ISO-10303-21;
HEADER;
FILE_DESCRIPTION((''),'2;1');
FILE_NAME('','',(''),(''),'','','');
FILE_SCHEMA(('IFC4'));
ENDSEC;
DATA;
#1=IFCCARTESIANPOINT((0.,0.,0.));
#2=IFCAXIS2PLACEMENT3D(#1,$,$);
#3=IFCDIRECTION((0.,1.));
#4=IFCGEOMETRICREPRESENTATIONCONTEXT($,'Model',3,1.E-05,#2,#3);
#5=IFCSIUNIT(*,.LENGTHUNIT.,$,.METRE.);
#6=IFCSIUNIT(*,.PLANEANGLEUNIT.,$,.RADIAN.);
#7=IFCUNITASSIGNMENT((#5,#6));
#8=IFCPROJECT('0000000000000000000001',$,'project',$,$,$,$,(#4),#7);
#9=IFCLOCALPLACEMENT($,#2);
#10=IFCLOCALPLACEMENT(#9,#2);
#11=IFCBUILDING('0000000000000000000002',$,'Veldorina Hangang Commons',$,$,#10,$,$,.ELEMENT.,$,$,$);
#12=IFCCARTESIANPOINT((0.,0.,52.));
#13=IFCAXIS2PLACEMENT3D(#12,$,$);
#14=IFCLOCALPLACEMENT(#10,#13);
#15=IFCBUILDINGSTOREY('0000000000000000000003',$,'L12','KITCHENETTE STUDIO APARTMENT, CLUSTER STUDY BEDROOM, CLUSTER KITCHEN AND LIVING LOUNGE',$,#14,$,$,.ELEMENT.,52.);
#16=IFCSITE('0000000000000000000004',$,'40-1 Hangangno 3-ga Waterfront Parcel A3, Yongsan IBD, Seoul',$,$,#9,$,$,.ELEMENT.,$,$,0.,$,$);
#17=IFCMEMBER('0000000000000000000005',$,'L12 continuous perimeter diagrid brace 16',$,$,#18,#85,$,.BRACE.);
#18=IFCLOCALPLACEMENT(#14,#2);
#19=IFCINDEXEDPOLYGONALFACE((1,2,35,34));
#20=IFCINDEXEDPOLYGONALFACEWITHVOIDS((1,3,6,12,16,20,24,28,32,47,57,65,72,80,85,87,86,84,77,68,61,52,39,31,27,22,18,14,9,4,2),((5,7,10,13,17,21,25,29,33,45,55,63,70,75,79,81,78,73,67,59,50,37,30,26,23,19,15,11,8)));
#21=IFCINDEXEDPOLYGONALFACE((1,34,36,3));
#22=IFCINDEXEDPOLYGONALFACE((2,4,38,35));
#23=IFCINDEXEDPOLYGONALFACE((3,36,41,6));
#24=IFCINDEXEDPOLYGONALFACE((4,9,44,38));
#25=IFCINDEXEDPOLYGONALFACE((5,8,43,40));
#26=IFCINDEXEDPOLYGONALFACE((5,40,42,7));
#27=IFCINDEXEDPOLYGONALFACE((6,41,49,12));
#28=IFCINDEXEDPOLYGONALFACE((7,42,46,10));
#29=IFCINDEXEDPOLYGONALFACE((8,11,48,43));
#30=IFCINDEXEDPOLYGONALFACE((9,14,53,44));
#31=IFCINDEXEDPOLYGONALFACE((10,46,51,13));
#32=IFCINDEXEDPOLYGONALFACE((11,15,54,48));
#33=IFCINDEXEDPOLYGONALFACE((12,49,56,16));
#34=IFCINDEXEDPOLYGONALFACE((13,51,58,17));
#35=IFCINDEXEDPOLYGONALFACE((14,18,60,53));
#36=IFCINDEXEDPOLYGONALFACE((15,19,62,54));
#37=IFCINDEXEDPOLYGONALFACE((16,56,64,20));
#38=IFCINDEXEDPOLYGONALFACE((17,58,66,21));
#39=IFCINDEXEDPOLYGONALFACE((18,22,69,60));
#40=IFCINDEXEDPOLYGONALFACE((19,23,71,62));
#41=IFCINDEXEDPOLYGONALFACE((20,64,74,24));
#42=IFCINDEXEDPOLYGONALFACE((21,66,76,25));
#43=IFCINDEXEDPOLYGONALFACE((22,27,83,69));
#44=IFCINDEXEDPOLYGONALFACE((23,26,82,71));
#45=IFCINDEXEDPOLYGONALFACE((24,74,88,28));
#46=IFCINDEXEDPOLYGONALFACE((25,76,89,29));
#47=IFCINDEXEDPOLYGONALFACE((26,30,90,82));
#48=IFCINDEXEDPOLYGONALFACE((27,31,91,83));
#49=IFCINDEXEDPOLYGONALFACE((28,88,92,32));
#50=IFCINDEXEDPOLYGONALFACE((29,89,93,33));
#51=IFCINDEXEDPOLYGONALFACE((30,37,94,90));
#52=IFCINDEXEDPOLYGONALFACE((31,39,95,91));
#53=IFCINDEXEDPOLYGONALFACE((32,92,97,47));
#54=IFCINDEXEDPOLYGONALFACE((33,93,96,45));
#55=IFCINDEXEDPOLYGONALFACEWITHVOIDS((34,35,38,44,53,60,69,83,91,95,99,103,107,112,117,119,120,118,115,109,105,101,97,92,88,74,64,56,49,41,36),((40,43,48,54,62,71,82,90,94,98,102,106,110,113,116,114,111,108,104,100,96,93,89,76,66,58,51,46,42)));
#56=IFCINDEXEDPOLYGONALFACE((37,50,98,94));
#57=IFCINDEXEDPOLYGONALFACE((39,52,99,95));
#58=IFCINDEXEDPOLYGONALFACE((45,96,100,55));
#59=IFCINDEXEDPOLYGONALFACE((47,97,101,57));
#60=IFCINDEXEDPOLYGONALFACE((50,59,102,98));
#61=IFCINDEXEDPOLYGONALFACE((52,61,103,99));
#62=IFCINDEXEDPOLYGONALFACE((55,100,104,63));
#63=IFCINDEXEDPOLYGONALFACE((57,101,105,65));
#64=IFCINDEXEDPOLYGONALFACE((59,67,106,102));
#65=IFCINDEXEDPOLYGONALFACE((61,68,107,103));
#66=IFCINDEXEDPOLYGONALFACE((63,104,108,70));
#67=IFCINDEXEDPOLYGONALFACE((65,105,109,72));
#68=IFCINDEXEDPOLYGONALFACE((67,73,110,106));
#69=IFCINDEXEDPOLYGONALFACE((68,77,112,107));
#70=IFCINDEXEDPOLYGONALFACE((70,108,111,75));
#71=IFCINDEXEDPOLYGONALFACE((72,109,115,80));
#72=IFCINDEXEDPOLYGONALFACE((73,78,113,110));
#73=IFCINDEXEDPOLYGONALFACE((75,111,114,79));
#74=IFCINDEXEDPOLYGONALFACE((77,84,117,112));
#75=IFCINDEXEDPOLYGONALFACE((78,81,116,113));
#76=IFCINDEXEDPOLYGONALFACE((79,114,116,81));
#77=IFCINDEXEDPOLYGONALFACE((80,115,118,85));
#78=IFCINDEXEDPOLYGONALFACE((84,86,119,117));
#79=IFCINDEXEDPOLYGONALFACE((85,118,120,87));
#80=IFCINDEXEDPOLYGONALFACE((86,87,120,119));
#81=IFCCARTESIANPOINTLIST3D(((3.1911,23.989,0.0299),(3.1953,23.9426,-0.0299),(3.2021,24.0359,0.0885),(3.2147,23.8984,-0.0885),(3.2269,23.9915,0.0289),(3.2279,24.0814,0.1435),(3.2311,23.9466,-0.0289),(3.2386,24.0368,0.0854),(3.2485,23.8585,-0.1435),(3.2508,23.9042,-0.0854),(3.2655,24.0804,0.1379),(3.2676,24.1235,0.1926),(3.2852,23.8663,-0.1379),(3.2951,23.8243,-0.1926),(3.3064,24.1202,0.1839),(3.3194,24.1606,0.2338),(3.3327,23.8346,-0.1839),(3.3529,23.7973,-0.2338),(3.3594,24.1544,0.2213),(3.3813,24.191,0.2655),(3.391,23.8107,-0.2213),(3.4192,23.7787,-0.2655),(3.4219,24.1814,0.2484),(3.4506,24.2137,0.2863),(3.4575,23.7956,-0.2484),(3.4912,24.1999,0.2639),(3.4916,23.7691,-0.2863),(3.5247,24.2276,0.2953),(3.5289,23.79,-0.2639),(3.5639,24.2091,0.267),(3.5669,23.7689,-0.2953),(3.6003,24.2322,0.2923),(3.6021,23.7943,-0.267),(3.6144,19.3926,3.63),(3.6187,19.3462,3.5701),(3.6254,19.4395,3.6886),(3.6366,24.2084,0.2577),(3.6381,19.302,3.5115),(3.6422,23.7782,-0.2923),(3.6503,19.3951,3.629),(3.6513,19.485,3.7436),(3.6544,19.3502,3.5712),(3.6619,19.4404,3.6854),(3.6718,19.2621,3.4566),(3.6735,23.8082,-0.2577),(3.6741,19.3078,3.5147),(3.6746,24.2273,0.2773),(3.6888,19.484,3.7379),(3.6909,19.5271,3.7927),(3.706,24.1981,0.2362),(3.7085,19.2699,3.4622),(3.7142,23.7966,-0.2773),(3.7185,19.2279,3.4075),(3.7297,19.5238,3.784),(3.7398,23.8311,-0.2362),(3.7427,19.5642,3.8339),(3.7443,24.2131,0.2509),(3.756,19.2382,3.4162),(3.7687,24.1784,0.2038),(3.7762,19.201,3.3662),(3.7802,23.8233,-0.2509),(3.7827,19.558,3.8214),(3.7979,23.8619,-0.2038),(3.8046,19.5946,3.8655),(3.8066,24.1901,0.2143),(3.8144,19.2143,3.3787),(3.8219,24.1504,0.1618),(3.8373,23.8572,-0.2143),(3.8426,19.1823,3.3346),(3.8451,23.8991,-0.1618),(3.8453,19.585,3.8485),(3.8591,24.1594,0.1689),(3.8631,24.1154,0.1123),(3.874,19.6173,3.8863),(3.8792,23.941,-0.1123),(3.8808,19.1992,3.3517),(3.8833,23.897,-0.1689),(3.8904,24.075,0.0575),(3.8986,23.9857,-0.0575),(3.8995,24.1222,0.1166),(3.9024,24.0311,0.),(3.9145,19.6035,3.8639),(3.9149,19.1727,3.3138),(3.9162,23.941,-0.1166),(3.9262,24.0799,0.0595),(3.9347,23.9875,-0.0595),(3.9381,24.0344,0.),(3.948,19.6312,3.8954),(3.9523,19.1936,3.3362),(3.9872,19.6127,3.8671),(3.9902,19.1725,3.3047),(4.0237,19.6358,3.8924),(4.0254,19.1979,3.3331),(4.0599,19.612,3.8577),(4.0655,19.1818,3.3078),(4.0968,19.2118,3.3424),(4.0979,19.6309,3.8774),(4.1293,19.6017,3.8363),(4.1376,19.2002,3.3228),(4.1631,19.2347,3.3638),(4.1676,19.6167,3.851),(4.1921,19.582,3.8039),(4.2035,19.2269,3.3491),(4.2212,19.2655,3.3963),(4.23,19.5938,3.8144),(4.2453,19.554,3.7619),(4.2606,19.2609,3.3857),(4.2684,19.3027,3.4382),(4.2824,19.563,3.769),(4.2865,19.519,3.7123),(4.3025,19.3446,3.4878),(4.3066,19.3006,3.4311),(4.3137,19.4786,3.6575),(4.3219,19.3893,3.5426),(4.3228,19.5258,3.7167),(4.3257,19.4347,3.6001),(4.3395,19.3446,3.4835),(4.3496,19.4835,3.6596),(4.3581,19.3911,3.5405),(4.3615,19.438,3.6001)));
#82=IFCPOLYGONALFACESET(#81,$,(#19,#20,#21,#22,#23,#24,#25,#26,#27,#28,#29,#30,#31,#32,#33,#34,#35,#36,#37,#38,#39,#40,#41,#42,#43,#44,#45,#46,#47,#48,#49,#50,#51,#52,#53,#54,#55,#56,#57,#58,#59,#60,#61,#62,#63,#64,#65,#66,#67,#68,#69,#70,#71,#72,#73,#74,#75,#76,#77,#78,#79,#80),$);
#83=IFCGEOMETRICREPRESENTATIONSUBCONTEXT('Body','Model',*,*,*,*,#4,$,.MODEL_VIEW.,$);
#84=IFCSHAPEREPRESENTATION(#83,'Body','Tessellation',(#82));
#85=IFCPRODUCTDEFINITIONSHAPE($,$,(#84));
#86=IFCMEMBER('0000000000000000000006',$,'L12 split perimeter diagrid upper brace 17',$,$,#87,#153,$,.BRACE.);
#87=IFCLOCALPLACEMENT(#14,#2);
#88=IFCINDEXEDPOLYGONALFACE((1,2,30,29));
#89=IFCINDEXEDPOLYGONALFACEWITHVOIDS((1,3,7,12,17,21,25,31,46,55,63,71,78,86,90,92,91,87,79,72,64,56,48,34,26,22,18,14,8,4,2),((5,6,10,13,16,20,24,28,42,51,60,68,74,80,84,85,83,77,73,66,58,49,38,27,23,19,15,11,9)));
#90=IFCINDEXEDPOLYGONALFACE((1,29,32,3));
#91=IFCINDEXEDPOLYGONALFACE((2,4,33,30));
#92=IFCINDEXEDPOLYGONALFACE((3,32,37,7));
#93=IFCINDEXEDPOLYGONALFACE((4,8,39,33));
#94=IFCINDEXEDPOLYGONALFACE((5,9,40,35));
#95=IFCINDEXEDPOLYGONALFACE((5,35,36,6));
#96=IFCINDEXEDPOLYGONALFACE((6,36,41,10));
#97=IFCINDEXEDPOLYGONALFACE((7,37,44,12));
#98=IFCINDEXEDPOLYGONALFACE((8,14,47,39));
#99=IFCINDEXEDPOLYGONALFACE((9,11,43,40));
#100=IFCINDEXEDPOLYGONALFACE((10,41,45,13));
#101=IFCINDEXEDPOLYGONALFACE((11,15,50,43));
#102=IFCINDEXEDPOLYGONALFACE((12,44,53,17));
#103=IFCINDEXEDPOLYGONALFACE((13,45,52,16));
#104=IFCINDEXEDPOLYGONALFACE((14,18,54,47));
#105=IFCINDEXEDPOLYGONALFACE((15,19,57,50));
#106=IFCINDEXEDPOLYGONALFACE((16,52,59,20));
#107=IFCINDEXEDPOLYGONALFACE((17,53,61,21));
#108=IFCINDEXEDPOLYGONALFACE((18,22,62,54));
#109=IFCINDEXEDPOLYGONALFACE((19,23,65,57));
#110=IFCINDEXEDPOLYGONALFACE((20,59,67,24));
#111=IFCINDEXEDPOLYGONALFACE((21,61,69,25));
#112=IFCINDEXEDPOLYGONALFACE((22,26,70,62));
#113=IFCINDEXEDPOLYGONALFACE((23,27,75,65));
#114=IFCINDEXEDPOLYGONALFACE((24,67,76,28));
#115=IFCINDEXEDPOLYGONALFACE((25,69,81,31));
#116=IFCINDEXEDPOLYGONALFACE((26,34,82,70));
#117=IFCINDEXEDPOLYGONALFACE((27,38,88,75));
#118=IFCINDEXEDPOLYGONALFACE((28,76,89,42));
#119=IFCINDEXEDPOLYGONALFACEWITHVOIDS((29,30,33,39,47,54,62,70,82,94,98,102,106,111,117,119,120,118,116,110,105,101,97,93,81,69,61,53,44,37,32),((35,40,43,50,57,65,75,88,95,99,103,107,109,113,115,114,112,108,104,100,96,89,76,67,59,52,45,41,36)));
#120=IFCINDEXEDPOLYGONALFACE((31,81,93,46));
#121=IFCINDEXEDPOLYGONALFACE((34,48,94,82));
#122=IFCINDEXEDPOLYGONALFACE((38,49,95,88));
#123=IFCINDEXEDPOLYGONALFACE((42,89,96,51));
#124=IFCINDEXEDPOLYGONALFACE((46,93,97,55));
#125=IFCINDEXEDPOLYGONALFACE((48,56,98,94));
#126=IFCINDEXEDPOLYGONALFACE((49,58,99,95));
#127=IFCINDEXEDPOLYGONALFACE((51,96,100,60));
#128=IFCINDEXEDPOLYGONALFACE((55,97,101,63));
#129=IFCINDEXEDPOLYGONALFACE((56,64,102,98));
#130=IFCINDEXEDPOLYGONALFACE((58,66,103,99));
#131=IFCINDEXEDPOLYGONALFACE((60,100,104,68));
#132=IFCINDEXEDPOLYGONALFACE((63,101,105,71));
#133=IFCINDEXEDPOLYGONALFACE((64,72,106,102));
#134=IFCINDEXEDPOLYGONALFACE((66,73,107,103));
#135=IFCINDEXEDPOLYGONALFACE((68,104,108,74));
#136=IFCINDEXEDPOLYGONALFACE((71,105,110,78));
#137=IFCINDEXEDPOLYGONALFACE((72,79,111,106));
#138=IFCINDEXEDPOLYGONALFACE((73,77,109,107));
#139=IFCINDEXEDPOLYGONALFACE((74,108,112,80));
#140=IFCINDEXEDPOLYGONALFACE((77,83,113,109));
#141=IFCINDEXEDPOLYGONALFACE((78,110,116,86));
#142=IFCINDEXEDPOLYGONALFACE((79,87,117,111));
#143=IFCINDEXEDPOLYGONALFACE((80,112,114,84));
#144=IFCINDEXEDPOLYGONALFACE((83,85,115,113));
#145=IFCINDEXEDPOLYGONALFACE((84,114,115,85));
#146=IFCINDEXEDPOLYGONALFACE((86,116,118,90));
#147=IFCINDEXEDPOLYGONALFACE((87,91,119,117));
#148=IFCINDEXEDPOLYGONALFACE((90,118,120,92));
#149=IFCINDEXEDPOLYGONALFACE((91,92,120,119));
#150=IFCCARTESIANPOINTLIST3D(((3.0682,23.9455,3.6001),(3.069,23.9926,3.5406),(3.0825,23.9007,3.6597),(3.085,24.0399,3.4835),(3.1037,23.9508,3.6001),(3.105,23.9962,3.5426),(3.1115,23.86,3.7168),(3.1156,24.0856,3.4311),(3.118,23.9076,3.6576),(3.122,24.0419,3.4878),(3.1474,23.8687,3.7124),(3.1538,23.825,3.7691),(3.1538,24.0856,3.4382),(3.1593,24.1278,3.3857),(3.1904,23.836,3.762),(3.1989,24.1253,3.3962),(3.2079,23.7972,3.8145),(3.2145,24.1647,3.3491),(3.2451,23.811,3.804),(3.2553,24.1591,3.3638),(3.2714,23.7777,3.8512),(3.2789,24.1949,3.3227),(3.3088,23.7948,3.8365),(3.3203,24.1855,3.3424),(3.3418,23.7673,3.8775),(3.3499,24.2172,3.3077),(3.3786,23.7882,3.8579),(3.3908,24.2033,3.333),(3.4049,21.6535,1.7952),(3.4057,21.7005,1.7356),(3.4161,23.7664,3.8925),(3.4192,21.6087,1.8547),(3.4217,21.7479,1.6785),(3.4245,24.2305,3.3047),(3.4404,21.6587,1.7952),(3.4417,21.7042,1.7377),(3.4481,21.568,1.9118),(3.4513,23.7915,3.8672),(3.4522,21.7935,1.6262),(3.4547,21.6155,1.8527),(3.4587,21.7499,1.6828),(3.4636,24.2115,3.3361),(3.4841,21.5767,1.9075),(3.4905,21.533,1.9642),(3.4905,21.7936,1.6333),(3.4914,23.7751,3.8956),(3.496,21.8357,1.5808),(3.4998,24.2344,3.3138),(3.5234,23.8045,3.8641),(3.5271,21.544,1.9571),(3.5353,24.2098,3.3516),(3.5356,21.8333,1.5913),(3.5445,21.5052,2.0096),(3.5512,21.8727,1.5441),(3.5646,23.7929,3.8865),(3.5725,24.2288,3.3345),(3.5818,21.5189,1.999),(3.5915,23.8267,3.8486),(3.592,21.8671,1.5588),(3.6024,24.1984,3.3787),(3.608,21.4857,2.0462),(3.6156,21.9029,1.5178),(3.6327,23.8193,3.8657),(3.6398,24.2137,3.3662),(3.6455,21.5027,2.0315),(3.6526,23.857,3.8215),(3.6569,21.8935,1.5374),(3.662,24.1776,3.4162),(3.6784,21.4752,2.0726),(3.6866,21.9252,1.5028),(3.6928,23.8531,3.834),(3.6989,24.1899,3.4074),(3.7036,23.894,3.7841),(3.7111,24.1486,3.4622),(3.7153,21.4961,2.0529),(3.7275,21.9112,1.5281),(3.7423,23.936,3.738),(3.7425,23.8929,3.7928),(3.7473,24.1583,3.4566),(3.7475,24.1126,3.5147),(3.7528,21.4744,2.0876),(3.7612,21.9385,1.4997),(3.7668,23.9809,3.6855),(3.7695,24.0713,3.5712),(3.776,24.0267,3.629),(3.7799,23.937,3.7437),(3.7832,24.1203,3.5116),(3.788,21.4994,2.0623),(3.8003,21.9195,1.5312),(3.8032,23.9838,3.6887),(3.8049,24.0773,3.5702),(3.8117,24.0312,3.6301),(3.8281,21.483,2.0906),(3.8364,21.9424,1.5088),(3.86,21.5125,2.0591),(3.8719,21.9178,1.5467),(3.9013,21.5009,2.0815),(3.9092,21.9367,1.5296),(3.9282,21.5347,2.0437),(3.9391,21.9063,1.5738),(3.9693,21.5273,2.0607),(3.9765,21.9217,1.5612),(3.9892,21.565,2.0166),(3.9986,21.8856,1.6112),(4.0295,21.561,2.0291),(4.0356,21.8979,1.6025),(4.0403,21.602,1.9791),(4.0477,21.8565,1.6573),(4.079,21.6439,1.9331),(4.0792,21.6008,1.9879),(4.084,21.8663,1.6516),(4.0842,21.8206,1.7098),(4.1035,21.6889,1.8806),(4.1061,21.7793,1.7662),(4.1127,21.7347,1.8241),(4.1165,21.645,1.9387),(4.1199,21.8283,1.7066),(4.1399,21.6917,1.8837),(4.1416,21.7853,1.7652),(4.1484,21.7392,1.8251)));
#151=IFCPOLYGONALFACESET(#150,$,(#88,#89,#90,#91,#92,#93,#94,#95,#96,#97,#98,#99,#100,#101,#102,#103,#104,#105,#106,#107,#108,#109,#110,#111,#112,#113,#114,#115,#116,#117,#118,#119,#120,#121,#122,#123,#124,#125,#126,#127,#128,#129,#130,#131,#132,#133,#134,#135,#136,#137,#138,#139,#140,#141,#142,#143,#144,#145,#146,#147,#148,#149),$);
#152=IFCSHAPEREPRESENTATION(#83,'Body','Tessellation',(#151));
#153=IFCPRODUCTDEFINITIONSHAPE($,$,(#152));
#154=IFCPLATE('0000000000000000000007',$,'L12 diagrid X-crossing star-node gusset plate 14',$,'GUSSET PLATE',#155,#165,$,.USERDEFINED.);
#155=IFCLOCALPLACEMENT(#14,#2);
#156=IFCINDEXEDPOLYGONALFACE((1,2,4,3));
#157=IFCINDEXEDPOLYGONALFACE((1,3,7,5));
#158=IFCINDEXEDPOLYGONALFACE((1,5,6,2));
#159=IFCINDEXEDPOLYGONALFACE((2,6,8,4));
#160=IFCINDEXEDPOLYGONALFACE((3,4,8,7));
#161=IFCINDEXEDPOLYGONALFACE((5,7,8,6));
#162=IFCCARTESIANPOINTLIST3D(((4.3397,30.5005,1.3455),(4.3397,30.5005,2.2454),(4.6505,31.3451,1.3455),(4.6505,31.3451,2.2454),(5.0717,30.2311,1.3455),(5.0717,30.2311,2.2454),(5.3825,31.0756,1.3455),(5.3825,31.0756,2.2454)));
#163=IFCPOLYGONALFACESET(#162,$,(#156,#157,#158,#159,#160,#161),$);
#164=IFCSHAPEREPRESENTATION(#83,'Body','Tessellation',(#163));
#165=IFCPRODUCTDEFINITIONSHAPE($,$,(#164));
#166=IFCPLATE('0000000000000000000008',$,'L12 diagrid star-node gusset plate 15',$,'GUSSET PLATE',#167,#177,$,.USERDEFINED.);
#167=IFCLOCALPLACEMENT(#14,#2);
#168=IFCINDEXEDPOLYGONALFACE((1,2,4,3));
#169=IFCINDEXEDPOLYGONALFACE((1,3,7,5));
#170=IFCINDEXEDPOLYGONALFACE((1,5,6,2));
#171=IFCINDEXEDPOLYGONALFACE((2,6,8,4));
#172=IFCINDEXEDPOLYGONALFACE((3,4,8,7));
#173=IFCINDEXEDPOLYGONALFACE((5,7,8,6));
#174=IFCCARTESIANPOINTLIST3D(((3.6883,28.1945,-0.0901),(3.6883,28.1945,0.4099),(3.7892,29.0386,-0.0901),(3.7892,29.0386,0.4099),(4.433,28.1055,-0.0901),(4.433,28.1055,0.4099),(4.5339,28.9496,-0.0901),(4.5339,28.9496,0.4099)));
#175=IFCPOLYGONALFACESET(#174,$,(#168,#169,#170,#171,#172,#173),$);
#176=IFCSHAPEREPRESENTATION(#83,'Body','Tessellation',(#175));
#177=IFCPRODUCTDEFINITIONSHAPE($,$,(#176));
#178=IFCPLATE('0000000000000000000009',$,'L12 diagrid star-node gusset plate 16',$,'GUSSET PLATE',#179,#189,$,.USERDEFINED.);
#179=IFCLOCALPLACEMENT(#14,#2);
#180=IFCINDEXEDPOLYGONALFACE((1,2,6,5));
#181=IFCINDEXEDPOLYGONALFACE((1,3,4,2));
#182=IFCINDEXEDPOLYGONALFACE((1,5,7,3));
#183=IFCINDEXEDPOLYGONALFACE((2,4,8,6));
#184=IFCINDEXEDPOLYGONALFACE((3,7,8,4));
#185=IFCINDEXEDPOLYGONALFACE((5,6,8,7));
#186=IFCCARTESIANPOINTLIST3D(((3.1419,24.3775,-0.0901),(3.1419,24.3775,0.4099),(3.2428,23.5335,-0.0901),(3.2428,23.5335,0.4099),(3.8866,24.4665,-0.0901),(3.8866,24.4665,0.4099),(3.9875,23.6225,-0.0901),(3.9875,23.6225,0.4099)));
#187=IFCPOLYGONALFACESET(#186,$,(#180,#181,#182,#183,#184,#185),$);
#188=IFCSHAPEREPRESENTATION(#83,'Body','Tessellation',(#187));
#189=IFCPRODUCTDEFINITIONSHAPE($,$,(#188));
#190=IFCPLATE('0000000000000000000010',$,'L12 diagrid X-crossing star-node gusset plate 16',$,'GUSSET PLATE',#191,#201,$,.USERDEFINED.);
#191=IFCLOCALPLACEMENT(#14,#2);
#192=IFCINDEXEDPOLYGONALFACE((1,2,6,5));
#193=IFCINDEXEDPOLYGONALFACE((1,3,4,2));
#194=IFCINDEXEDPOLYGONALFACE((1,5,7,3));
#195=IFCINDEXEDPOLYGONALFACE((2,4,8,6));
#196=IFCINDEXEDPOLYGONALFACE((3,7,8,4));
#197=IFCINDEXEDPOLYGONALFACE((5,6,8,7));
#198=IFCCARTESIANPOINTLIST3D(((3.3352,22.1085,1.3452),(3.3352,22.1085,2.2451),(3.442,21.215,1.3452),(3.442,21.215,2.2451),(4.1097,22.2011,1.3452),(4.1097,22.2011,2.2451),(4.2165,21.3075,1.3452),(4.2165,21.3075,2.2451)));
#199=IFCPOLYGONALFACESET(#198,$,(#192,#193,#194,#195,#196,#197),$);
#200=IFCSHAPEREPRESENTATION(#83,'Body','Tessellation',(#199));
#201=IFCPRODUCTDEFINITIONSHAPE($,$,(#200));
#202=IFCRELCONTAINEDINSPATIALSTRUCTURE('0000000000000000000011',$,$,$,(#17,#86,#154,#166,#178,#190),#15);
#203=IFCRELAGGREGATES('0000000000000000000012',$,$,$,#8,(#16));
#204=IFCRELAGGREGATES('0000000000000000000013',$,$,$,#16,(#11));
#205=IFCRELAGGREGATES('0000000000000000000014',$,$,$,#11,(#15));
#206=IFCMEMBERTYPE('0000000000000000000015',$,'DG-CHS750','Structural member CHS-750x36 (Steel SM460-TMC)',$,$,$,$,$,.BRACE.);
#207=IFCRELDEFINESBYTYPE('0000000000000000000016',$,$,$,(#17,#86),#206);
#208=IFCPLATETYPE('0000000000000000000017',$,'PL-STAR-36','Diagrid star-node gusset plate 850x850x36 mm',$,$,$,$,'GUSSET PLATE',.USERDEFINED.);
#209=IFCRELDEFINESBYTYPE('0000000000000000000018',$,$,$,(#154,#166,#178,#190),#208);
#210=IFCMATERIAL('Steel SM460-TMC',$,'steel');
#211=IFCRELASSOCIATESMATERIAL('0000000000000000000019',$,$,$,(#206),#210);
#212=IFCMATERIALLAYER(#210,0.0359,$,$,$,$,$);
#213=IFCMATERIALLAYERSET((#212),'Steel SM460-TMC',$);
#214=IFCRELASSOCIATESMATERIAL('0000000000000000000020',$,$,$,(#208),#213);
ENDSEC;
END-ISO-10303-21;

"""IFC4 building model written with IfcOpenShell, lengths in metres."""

from ifc_helpers import new_model, si_unit, direction, frame, origin, origin_2d, place, context, subcontext, project, spatial, rectangle, hollow_circle, extrude, material, layer, layer_set, material_profile, profile_set, type_object, element, save


model = new_model("IFC4")

# Units and contexts
model_context = context("Model", 3, precision=1e-05, world=origin(), true_north=direction((0.0, 1.0)))
body_context = subcontext(model_context, "Body", "Model", "MODEL_VIEW")
ifc_project = project(units=[si_unit("LENGTHUNIT", "METRE"), si_unit("PLANEANGLEUNIT", "RADIAN")], contexts=[model_context])

# Site, building, storey
site_placement = place(None, origin())
site = spatial("IfcSite", under=ifc_project, at=site_placement, Name="40-1 Hangangno 3-ga Waterfront Parcel A3, Yongsan IBD, Seoul", CompositionType="ELEMENT", RefElevation=0.0)
building_placement = place(site_placement, origin())
building = spatial("IfcBuilding", under=site, at=building_placement, Name="Veldorina Hangang Commons", CompositionType="ELEMENT")
storey_placement = place(building_placement, frame((0.0, 0.0, 52.0)))
storey = spatial("IfcBuildingStorey", under=building, at=storey_placement, Name="L12", Description="KITCHENETTE STUDIO APARTMENT, CLUSTER STUDY BEDROOM, CLUSTER KITCHEN AND LIVING LOUNGE", CompositionType="ELEMENT", Elevation=52.0)

# Shared definitions
ifc_material_1 = material(Name="Steel SM460-TMC", Category="steel")

# Members
ifc_material_profile_1 = material_profile(ifc_material_1, hollow_circle(Radius=0.375, WallThickness=0.0359, at=origin_2d()), Name="CHS-750x36")
ifc_profile_set_1 = profile_set([ifc_material_profile_1], Name="Steel SM460-TMC")
member_type = type_object("IfcMemberType", Name="DG-CHS750", Description="Structural member CHS-750x36 (Steel SM460-TMC)", PredefinedType="BRACE", material=ifc_profile_set_1)
member_1_placement = place(storey_placement, frame((3.5647, 24.0, 0.0), z_axis=(0.072319, -0.785204, 0.615), x_axis=(0.995785, 0.091714, 0.0)))
element("IfcMember", 1, at=member_1_placement, inside=storey, type_object=member_type, Name="L12 continuous perimeter diagrid brace 16", PredefinedType="BRACE", context=body_context, shape_type="SweptSolid", body=[
    extrude(hollow_circle(Radius=0.375, WallThickness=0.0359, at=origin_2d()), origin(), (0.0, 0.0, 1.0), 5.8538),
])
member_2_placement = place(storey_placement, frame((3.7759, 21.708, 1.7952), z_axis=(-0.114641, 0.780459, 0.614607), x_axis=(-0.989383, -0.14533, 0.0)))
element("IfcMember", 2, at=member_2_placement, inside=storey, type_object=member_type, Name="L12 split perimeter diagrid upper brace 17", PredefinedType="BRACE", context=body_context, shape_type="SweptSolid", body=[
    extrude(hollow_circle(Radius=0.375, WallThickness=0.0359, at=origin_2d()), origin(), (0.0, 0.0, 1.0), 2.9368),
])

# Plates
ifc_layer_1 = layer(ifc_material_1, 0.0359)
ifc_layer_set_1 = layer_set([ifc_layer_1], Name="Steel SM460-TMC")
plate_type = type_object("IfcPlateType", Name="PL-STAR-36", Description="Diagrid star-node gusset plate 850x850x36 mm", ElementType="GUSSET PLATE", PredefinedType="USERDEFINED", material=ifc_layer_set_1)
plate_1_placement = place(storey_placement, frame((4.8611, 30.7881, 1.3455), z_axis=(0.0, 0.0, 1.0), x_axis=(-0.345413, -0.938451, 0.0)))
element("IfcPlate", 3, at=plate_1_placement, inside=storey, type_object=plate_type, Name="L12 diagrid X-crossing star-node gusset plate 14", ObjectType="GUSSET PLATE", PredefinedType="USERDEFINED", context=body_context, shape_type="SweptSolid", body=[
    extrude(rectangle(XDim=0.8999, YDim=0.78, at=origin_2d()), origin(), (0.0, 0.0, 1.0), 0.8999),
])
for number, where, z_axis, x_axis, name in (
    (4, (4.1111, 28.572, -0.0901), (0.0, 0.0, 1.0), (-0.118664, -0.992934, 0.0), "L12 diagrid star-node gusset plate 15"),
    (5, (3.5647, 24.0, -0.0901), (0.0, 0.0, 1.0), (0.118664, -0.992934, 0.0), "L12 diagrid star-node gusset plate 16"),
):
    element("IfcPlate", number, at=place(storey_placement, frame(where, z_axis=z_axis, x_axis=x_axis)), inside=storey, type_object=plate_type, Name=name, ObjectType="GUSSET PLATE", PredefinedType="USERDEFINED", context=body_context, shape_type="SweptSolid", body=[
        extrude(rectangle(XDim=0.8501, YDim=0.75, at=origin_2d()), origin(), (0.0, 0.0, 1.0), 0.5),
    ])
plate_2_placement = place(storey_placement, frame((3.7759, 21.708, 1.3452), z_axis=(0.0, 0.0, 1.0), x_axis=(0.118664, -0.992934, 0.0)))
element("IfcPlate", 6, at=plate_2_placement, inside=storey, type_object=plate_type, Name="L12 diagrid X-crossing star-node gusset plate 16", ObjectType="GUSSET PLATE", PredefinedType="USERDEFINED", context=body_context, shape_type="SweptSolid", body=[
    extrude(rectangle(XDim=0.8999, YDim=0.78, at=origin_2d()), origin(), (0.0, 0.0, 1.0), 0.8999),
])

save(model, "model.ifc")
